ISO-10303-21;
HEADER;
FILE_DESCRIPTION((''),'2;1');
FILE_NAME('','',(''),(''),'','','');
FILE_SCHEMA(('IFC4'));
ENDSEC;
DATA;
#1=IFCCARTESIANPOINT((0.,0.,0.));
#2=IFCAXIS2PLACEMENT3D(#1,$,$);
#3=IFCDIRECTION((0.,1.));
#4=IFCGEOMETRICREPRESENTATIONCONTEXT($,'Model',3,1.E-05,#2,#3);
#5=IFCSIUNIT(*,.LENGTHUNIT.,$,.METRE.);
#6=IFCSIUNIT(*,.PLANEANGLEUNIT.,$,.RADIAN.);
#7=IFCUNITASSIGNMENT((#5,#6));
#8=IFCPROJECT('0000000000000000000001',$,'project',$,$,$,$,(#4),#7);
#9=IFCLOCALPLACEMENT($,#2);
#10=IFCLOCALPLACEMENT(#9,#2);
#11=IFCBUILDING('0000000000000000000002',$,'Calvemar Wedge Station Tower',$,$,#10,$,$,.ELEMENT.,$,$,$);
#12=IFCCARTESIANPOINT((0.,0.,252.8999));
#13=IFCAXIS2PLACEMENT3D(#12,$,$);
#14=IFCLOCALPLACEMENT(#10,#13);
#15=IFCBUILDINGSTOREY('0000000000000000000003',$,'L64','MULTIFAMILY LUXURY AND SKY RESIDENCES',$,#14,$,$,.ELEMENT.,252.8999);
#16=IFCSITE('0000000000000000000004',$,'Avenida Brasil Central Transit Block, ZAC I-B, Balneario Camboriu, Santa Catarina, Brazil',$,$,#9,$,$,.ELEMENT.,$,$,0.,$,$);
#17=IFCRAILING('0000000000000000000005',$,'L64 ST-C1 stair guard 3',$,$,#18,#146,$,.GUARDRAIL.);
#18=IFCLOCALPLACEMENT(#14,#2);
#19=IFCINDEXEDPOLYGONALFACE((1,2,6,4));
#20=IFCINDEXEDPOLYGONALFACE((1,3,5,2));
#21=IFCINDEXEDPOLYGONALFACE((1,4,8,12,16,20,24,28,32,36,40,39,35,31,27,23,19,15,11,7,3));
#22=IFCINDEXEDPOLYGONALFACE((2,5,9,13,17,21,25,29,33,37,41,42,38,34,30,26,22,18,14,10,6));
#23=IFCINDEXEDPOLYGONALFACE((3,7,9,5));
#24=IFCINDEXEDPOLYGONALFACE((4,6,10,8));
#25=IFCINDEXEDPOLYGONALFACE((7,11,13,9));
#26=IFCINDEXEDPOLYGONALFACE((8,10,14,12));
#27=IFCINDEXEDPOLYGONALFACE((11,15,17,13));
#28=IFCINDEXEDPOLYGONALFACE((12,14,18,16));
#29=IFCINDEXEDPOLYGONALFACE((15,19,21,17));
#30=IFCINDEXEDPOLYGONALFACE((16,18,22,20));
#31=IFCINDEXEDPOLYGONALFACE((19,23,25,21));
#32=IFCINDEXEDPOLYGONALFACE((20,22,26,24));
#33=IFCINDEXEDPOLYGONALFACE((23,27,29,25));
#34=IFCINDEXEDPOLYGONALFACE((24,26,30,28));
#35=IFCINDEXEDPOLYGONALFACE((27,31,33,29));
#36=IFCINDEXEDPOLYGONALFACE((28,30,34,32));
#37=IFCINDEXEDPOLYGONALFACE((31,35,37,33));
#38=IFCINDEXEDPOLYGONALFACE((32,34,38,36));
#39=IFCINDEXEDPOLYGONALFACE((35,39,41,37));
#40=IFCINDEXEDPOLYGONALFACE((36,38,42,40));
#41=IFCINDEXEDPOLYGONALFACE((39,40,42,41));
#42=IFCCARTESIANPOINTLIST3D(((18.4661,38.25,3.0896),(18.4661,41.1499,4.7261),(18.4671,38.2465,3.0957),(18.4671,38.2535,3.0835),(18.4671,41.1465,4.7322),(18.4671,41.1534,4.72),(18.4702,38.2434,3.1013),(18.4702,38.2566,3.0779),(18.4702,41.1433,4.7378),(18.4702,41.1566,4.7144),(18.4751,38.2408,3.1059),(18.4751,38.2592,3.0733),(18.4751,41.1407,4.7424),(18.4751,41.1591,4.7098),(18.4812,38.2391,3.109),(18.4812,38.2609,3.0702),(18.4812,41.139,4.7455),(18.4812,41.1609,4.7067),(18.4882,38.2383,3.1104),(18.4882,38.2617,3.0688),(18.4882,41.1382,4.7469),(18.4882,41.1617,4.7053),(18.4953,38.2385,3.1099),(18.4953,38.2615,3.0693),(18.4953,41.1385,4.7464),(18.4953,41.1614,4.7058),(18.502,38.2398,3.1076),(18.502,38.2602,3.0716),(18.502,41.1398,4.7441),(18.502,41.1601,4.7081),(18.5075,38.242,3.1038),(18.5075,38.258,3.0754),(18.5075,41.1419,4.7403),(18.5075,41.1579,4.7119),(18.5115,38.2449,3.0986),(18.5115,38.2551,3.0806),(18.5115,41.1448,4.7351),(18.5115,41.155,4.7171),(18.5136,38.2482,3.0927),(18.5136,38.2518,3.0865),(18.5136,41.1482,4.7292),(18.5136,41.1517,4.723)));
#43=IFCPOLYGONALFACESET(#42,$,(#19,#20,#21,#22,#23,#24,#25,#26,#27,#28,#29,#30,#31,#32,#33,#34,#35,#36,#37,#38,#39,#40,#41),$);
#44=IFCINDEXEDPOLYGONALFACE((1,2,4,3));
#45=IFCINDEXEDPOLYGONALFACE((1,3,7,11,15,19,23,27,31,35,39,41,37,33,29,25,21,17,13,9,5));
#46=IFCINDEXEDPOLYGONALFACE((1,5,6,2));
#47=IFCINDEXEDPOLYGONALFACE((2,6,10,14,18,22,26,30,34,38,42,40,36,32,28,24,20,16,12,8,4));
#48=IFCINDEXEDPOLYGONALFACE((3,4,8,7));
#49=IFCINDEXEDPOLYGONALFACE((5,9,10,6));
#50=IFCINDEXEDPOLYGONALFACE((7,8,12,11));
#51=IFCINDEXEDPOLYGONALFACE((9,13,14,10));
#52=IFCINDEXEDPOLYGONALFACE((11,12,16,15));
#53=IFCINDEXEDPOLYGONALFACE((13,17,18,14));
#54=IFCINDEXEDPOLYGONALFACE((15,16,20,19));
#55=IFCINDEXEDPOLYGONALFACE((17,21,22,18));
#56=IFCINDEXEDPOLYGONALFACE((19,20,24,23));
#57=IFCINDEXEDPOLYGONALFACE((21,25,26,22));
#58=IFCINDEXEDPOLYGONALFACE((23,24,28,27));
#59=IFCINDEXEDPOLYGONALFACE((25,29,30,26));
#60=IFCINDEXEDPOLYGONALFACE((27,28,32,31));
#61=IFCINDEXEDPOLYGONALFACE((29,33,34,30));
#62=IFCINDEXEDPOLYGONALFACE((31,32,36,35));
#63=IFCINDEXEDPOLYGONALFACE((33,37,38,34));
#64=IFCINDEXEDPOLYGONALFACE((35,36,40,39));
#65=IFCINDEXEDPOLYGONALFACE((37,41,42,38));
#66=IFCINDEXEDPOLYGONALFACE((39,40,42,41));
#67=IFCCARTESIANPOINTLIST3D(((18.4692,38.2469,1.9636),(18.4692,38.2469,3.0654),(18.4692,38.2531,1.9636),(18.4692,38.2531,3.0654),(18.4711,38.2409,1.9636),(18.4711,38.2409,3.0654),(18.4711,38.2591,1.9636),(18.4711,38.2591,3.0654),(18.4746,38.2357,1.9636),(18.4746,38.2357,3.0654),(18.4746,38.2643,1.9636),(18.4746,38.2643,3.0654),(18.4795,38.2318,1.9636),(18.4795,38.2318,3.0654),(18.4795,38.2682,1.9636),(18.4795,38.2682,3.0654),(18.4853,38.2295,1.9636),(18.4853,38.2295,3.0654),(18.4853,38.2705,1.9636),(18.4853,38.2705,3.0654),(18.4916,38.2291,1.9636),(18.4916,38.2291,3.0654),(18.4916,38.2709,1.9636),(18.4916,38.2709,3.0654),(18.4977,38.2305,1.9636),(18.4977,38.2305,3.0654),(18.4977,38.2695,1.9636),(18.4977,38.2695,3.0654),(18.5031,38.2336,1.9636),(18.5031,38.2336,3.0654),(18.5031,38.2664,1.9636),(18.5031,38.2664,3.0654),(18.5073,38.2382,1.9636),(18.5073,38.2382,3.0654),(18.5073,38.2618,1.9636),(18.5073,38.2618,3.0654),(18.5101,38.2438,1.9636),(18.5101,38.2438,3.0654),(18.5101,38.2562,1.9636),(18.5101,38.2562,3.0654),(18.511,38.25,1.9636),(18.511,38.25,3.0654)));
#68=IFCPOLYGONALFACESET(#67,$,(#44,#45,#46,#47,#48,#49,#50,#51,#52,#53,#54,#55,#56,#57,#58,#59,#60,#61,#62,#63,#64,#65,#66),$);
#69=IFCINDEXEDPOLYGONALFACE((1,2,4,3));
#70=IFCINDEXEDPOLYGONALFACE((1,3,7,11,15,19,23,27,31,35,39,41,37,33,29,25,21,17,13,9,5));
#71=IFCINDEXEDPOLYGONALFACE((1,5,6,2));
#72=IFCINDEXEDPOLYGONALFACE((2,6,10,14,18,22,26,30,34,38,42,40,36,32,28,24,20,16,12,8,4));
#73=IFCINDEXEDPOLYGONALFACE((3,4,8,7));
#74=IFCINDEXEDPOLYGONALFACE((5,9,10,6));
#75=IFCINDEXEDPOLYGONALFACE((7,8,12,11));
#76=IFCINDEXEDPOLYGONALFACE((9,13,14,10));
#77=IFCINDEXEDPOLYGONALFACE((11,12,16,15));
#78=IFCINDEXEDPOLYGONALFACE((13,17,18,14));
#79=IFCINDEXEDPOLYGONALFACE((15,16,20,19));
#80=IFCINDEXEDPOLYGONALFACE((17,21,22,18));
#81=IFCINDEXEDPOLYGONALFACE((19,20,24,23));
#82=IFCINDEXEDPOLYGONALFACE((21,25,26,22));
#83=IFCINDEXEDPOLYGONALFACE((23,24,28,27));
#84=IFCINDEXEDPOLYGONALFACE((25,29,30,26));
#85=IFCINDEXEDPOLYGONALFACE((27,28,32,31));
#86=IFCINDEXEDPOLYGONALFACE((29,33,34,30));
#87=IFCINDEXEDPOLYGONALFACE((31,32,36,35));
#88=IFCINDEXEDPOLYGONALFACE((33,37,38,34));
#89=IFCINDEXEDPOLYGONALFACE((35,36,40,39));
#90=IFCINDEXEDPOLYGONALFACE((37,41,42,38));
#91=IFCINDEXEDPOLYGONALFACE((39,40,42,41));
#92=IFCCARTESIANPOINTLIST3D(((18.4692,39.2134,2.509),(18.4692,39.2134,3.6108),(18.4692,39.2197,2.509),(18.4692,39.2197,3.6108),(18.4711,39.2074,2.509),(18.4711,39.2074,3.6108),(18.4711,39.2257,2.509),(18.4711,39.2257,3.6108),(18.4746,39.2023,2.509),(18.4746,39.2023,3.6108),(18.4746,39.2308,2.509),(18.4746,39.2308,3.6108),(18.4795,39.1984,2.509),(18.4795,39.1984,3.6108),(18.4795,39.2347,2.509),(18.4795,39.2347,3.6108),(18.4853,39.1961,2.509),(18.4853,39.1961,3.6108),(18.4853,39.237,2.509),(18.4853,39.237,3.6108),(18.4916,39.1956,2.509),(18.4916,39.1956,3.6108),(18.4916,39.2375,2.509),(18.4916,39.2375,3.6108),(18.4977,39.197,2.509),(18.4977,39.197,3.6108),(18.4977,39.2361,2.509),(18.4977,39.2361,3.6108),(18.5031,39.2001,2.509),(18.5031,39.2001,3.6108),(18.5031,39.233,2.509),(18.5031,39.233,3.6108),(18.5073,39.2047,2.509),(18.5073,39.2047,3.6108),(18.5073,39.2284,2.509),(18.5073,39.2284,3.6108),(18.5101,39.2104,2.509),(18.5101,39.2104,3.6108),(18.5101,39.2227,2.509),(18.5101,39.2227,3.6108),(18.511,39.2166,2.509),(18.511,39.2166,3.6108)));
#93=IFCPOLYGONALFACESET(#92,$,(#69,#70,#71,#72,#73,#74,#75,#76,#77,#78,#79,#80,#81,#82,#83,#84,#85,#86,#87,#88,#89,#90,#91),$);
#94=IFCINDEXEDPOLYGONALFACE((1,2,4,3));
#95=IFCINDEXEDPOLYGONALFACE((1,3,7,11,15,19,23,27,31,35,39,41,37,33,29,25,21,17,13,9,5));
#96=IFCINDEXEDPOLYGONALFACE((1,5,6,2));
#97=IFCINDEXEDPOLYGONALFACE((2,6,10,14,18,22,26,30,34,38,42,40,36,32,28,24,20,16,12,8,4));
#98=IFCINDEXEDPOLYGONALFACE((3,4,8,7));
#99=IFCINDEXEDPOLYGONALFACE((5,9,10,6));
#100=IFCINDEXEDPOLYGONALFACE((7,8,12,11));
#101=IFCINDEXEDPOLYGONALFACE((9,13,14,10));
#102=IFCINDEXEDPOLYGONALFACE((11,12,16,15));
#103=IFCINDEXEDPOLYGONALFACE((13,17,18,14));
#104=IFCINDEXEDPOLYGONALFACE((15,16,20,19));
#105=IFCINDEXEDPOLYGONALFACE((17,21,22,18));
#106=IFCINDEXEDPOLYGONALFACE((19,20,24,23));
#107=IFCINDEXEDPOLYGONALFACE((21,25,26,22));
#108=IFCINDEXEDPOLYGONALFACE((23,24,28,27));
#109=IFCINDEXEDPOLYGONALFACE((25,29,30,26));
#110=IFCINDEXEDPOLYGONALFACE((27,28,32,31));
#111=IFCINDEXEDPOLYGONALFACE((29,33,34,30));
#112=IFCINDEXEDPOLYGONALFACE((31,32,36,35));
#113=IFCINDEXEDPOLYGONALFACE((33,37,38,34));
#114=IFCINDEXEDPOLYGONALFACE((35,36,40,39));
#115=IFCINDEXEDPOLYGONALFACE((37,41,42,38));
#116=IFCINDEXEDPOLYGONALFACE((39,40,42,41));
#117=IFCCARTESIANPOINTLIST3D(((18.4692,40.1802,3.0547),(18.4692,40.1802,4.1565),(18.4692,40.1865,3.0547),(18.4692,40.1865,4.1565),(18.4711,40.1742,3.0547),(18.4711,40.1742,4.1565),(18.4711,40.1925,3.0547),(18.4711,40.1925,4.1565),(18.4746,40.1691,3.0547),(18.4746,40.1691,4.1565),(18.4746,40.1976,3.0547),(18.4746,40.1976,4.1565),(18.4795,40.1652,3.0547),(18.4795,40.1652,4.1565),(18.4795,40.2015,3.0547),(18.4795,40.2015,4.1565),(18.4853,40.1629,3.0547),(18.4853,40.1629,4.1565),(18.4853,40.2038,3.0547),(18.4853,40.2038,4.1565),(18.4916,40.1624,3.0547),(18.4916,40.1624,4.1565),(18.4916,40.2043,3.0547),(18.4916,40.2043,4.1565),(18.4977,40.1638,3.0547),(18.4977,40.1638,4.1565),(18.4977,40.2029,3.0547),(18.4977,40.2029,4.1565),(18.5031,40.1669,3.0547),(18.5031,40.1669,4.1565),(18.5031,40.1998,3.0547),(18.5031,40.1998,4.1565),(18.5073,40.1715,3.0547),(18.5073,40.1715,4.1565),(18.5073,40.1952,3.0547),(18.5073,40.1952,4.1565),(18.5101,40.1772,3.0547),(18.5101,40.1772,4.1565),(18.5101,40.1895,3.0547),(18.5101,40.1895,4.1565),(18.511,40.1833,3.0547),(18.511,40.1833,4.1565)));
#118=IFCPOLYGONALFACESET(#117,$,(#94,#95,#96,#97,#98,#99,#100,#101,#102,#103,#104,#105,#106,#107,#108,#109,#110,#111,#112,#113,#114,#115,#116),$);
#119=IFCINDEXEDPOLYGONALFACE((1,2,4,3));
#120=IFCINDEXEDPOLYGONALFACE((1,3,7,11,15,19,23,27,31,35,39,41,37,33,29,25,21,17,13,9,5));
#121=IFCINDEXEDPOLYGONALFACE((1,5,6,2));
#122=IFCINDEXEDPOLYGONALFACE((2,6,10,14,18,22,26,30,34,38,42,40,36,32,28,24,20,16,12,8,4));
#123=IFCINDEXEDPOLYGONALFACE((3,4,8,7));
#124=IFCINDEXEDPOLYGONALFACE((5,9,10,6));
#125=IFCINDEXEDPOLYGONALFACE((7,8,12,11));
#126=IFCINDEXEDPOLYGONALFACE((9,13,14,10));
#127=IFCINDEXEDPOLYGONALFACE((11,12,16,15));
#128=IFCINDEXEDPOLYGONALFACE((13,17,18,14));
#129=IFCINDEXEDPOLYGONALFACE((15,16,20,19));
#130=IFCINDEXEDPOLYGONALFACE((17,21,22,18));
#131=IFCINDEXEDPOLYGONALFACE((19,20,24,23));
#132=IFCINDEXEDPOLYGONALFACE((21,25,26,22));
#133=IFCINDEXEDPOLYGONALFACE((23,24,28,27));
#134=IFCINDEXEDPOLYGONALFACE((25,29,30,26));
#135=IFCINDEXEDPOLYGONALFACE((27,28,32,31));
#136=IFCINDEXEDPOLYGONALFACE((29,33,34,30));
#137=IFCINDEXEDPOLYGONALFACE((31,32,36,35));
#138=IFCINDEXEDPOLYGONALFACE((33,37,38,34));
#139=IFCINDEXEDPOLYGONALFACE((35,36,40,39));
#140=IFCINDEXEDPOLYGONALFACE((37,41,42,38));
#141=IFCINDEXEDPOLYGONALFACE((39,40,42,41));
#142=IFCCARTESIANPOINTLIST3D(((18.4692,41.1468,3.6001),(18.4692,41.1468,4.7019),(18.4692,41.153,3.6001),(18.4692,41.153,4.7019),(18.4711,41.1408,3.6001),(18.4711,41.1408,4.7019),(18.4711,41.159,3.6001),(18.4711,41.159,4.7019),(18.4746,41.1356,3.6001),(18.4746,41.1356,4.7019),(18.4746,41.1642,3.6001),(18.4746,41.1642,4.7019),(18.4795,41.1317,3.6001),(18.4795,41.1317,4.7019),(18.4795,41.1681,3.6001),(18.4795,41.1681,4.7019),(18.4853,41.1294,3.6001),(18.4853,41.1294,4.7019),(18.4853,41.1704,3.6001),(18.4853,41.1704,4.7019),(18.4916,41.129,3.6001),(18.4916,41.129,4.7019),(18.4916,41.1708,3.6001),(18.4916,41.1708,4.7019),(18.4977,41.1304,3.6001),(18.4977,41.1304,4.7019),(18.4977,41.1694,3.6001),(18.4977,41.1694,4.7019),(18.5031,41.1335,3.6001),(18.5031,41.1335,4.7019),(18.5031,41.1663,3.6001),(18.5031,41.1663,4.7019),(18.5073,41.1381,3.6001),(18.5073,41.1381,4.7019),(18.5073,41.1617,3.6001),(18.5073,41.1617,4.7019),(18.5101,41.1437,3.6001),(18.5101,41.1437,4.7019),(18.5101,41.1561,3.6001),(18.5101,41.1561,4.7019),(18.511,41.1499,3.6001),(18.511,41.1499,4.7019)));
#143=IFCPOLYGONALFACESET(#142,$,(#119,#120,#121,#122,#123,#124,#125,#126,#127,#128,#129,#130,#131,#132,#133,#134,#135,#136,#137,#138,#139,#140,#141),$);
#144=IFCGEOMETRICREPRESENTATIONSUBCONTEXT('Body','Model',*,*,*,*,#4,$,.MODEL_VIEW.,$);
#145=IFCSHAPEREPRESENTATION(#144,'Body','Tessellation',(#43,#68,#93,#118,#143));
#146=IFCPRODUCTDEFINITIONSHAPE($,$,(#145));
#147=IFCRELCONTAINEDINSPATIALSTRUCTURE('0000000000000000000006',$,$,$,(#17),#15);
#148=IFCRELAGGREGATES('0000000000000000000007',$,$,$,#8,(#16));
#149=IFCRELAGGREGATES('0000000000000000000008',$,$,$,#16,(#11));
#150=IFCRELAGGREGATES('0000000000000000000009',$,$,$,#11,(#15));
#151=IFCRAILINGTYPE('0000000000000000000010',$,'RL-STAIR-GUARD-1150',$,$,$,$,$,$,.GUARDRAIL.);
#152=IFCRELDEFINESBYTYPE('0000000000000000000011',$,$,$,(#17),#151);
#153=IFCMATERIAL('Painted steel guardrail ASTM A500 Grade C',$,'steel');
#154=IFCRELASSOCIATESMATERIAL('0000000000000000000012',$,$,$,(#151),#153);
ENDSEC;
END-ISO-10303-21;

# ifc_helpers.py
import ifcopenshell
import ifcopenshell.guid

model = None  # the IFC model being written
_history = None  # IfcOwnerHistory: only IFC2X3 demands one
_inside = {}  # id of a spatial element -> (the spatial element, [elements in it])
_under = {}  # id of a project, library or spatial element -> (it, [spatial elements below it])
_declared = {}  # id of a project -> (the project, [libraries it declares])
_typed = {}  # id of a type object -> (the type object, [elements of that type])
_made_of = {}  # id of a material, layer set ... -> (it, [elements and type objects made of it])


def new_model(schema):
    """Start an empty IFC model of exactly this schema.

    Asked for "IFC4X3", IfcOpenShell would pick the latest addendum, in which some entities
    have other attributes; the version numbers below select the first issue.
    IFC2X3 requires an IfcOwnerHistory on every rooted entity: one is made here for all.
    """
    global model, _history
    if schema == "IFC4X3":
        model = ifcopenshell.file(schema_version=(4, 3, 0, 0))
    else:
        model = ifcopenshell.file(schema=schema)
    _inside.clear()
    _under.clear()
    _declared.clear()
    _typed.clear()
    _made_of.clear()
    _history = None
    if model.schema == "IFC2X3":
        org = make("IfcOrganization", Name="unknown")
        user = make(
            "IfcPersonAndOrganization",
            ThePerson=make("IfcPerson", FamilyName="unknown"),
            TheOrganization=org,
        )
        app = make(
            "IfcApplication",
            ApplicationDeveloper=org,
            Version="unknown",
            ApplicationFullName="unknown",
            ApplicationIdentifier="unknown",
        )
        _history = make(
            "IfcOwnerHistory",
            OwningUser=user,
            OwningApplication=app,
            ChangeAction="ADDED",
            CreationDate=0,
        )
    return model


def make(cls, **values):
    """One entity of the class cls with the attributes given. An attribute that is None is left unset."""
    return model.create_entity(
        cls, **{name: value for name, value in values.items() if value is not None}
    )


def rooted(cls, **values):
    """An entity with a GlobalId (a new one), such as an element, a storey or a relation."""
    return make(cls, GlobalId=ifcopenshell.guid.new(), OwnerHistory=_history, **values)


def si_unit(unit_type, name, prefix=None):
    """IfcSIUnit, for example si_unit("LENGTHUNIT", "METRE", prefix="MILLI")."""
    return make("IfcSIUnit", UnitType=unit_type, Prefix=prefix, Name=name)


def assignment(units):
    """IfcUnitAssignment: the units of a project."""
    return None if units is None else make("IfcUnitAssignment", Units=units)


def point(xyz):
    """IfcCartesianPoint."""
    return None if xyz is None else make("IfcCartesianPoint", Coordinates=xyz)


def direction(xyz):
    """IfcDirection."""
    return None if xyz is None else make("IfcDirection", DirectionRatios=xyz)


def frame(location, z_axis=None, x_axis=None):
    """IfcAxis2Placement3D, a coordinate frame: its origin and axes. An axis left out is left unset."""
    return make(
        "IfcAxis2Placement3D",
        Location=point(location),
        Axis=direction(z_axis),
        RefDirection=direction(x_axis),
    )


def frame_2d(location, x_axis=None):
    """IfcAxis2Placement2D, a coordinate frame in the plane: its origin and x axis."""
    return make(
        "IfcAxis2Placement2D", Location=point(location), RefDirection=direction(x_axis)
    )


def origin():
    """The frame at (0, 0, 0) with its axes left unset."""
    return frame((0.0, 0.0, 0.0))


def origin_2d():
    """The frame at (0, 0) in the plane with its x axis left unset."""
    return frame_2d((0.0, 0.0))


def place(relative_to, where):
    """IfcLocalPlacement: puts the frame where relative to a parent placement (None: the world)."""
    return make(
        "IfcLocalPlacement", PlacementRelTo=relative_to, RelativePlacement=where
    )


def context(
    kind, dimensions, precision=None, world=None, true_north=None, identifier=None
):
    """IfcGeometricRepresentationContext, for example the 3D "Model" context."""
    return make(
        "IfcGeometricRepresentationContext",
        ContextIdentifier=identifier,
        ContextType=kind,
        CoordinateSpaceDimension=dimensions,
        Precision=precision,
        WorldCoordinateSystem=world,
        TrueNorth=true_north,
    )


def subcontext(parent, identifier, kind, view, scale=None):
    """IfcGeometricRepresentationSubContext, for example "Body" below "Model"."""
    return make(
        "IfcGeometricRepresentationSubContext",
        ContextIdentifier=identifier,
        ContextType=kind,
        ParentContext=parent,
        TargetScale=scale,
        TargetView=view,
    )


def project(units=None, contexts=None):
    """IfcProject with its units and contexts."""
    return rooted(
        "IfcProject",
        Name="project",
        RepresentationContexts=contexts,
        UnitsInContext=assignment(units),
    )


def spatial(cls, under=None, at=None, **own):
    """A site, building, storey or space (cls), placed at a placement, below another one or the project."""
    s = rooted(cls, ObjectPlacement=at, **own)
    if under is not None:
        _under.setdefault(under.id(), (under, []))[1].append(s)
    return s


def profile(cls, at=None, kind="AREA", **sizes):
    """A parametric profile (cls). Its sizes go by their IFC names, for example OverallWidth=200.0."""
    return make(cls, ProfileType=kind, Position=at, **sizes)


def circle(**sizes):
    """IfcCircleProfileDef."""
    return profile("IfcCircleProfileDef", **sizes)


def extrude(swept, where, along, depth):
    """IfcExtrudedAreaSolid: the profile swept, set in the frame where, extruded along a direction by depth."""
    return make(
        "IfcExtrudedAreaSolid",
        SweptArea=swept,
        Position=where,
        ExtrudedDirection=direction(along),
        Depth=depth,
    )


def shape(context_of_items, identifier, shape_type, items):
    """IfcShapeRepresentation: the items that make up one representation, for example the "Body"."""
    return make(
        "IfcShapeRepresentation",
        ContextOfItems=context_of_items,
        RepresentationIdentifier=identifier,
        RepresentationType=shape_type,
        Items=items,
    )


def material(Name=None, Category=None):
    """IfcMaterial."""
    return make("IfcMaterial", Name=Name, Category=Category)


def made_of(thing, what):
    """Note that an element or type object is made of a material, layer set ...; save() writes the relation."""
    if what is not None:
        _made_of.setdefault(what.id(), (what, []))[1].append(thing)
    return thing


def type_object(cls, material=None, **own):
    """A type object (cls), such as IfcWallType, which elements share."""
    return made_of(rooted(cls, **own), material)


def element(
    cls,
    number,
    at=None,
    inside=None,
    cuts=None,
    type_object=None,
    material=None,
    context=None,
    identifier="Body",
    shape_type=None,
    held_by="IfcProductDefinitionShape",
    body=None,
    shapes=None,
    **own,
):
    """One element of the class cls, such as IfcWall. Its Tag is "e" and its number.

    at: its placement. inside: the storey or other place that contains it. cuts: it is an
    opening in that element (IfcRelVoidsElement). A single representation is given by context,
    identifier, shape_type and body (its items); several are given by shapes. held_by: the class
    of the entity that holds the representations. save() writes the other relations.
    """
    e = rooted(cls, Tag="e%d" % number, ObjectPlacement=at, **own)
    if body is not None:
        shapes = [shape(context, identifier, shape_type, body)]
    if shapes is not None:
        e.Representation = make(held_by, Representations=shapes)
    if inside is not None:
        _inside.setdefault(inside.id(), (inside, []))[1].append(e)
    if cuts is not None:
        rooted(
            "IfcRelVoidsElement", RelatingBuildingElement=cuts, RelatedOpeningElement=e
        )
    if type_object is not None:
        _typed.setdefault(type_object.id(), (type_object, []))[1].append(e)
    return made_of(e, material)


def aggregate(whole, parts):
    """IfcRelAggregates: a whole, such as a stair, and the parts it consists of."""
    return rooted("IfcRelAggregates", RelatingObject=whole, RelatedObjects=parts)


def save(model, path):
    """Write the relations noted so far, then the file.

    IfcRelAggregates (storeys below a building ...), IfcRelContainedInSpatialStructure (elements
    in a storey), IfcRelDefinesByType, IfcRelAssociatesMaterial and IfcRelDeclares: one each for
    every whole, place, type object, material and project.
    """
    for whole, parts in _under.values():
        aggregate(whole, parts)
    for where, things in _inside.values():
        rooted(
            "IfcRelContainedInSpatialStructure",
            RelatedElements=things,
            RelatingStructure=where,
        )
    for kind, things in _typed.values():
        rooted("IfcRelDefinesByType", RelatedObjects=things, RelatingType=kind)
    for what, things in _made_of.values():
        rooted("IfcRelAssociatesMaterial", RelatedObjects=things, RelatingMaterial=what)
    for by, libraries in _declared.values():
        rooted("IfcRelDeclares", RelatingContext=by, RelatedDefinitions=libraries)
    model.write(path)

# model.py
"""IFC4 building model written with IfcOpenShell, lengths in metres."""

from ifc_helpers import new_model, si_unit, direction, frame, origin, origin_2d, place, context, subcontext, project, spatial, circle, extrude, material, type_object, element, save


model = new_model("IFC4")

# Units and contexts
model_context = context("Model", 3, precision=1e-05, world=origin(), true_north=direction((0.0, 1.0)))
body_context = subcontext(model_context, "Body", "Model", "MODEL_VIEW")
ifc_project = project(units=[si_unit("LENGTHUNIT", "METRE"), si_unit("PLANEANGLEUNIT", "RADIAN")], contexts=[model_context])

# Site, building, storey
site_placement = place(None, origin())
site = spatial("IfcSite", under=ifc_project, at=site_placement, Name="Avenida Brasil Central Transit Block, ZAC I-B, Balneario Camboriu, Santa Catarina, Brazil", CompositionType="ELEMENT", RefElevation=0.0)
building_placement = place(site_placement, origin())
building = spatial("IfcBuilding", under=site, at=building_placement, Name="Calvemar Wedge Station Tower", CompositionType="ELEMENT")
storey_placement = place(building_placement, frame((0.0, 0.0, 252.8999)))
storey = spatial("IfcBuildingStorey", under=building, at=storey_placement, Name="L64", Description="MULTIFAMILY LUXURY AND SKY RESIDENCES", CompositionType="ELEMENT", Elevation=252.8999)

# Railing
ifc_material_1 = material(Name="Painted steel guardrail ASTM A500 Grade C", Category="steel")
railing_type_1 = type_object("IfcRailingType", Name="RL-STAIR-GUARD-1150", PredefinedType="GUARDRAIL", material=ifc_material_1)
railing_1_placement = place(storey_placement, frame((18.49, 38.25, 1.9636)))
element("IfcRailing", 1, at=railing_1_placement, inside=storey, type_object=railing_type_1, Name="L64 ST-C1 stair guard 3", PredefinedType="GUARDRAIL", context=body_context, shape_type="SweptSolid", body=[
    extrude(circle(Radius=0.0239, at=origin_2d()), frame((0.0, 0.0, 1.126), z_axis=(0.0, 0.870897, 0.491465), x_axis=(-1.0, 0.0, 0.0)), (0.0, 0.0, 1.0), 3.3298),
    extrude(circle(Radius=0.021, at=origin_2d()), origin(), (0.0, 0.0, 1.0), 1.1018),
    extrude(circle(Radius=0.021, at=origin_2d()), frame((0.0, 0.9666, 0.5454)), (0.0, 0.0, 1.0), 1.1018),
    extrude(circle(Radius=0.021, at=origin_2d()), frame((0.0, 1.9333, 1.0911)), (0.0, 0.0, 1.0), 1.1018),
    extrude(circle(Radius=0.021, at=origin_2d()), frame((0.0, 2.8999, 1.6365)), (0.0, 0.0, 1.0), 1.1018),
])

save(model, "model.ifc")
